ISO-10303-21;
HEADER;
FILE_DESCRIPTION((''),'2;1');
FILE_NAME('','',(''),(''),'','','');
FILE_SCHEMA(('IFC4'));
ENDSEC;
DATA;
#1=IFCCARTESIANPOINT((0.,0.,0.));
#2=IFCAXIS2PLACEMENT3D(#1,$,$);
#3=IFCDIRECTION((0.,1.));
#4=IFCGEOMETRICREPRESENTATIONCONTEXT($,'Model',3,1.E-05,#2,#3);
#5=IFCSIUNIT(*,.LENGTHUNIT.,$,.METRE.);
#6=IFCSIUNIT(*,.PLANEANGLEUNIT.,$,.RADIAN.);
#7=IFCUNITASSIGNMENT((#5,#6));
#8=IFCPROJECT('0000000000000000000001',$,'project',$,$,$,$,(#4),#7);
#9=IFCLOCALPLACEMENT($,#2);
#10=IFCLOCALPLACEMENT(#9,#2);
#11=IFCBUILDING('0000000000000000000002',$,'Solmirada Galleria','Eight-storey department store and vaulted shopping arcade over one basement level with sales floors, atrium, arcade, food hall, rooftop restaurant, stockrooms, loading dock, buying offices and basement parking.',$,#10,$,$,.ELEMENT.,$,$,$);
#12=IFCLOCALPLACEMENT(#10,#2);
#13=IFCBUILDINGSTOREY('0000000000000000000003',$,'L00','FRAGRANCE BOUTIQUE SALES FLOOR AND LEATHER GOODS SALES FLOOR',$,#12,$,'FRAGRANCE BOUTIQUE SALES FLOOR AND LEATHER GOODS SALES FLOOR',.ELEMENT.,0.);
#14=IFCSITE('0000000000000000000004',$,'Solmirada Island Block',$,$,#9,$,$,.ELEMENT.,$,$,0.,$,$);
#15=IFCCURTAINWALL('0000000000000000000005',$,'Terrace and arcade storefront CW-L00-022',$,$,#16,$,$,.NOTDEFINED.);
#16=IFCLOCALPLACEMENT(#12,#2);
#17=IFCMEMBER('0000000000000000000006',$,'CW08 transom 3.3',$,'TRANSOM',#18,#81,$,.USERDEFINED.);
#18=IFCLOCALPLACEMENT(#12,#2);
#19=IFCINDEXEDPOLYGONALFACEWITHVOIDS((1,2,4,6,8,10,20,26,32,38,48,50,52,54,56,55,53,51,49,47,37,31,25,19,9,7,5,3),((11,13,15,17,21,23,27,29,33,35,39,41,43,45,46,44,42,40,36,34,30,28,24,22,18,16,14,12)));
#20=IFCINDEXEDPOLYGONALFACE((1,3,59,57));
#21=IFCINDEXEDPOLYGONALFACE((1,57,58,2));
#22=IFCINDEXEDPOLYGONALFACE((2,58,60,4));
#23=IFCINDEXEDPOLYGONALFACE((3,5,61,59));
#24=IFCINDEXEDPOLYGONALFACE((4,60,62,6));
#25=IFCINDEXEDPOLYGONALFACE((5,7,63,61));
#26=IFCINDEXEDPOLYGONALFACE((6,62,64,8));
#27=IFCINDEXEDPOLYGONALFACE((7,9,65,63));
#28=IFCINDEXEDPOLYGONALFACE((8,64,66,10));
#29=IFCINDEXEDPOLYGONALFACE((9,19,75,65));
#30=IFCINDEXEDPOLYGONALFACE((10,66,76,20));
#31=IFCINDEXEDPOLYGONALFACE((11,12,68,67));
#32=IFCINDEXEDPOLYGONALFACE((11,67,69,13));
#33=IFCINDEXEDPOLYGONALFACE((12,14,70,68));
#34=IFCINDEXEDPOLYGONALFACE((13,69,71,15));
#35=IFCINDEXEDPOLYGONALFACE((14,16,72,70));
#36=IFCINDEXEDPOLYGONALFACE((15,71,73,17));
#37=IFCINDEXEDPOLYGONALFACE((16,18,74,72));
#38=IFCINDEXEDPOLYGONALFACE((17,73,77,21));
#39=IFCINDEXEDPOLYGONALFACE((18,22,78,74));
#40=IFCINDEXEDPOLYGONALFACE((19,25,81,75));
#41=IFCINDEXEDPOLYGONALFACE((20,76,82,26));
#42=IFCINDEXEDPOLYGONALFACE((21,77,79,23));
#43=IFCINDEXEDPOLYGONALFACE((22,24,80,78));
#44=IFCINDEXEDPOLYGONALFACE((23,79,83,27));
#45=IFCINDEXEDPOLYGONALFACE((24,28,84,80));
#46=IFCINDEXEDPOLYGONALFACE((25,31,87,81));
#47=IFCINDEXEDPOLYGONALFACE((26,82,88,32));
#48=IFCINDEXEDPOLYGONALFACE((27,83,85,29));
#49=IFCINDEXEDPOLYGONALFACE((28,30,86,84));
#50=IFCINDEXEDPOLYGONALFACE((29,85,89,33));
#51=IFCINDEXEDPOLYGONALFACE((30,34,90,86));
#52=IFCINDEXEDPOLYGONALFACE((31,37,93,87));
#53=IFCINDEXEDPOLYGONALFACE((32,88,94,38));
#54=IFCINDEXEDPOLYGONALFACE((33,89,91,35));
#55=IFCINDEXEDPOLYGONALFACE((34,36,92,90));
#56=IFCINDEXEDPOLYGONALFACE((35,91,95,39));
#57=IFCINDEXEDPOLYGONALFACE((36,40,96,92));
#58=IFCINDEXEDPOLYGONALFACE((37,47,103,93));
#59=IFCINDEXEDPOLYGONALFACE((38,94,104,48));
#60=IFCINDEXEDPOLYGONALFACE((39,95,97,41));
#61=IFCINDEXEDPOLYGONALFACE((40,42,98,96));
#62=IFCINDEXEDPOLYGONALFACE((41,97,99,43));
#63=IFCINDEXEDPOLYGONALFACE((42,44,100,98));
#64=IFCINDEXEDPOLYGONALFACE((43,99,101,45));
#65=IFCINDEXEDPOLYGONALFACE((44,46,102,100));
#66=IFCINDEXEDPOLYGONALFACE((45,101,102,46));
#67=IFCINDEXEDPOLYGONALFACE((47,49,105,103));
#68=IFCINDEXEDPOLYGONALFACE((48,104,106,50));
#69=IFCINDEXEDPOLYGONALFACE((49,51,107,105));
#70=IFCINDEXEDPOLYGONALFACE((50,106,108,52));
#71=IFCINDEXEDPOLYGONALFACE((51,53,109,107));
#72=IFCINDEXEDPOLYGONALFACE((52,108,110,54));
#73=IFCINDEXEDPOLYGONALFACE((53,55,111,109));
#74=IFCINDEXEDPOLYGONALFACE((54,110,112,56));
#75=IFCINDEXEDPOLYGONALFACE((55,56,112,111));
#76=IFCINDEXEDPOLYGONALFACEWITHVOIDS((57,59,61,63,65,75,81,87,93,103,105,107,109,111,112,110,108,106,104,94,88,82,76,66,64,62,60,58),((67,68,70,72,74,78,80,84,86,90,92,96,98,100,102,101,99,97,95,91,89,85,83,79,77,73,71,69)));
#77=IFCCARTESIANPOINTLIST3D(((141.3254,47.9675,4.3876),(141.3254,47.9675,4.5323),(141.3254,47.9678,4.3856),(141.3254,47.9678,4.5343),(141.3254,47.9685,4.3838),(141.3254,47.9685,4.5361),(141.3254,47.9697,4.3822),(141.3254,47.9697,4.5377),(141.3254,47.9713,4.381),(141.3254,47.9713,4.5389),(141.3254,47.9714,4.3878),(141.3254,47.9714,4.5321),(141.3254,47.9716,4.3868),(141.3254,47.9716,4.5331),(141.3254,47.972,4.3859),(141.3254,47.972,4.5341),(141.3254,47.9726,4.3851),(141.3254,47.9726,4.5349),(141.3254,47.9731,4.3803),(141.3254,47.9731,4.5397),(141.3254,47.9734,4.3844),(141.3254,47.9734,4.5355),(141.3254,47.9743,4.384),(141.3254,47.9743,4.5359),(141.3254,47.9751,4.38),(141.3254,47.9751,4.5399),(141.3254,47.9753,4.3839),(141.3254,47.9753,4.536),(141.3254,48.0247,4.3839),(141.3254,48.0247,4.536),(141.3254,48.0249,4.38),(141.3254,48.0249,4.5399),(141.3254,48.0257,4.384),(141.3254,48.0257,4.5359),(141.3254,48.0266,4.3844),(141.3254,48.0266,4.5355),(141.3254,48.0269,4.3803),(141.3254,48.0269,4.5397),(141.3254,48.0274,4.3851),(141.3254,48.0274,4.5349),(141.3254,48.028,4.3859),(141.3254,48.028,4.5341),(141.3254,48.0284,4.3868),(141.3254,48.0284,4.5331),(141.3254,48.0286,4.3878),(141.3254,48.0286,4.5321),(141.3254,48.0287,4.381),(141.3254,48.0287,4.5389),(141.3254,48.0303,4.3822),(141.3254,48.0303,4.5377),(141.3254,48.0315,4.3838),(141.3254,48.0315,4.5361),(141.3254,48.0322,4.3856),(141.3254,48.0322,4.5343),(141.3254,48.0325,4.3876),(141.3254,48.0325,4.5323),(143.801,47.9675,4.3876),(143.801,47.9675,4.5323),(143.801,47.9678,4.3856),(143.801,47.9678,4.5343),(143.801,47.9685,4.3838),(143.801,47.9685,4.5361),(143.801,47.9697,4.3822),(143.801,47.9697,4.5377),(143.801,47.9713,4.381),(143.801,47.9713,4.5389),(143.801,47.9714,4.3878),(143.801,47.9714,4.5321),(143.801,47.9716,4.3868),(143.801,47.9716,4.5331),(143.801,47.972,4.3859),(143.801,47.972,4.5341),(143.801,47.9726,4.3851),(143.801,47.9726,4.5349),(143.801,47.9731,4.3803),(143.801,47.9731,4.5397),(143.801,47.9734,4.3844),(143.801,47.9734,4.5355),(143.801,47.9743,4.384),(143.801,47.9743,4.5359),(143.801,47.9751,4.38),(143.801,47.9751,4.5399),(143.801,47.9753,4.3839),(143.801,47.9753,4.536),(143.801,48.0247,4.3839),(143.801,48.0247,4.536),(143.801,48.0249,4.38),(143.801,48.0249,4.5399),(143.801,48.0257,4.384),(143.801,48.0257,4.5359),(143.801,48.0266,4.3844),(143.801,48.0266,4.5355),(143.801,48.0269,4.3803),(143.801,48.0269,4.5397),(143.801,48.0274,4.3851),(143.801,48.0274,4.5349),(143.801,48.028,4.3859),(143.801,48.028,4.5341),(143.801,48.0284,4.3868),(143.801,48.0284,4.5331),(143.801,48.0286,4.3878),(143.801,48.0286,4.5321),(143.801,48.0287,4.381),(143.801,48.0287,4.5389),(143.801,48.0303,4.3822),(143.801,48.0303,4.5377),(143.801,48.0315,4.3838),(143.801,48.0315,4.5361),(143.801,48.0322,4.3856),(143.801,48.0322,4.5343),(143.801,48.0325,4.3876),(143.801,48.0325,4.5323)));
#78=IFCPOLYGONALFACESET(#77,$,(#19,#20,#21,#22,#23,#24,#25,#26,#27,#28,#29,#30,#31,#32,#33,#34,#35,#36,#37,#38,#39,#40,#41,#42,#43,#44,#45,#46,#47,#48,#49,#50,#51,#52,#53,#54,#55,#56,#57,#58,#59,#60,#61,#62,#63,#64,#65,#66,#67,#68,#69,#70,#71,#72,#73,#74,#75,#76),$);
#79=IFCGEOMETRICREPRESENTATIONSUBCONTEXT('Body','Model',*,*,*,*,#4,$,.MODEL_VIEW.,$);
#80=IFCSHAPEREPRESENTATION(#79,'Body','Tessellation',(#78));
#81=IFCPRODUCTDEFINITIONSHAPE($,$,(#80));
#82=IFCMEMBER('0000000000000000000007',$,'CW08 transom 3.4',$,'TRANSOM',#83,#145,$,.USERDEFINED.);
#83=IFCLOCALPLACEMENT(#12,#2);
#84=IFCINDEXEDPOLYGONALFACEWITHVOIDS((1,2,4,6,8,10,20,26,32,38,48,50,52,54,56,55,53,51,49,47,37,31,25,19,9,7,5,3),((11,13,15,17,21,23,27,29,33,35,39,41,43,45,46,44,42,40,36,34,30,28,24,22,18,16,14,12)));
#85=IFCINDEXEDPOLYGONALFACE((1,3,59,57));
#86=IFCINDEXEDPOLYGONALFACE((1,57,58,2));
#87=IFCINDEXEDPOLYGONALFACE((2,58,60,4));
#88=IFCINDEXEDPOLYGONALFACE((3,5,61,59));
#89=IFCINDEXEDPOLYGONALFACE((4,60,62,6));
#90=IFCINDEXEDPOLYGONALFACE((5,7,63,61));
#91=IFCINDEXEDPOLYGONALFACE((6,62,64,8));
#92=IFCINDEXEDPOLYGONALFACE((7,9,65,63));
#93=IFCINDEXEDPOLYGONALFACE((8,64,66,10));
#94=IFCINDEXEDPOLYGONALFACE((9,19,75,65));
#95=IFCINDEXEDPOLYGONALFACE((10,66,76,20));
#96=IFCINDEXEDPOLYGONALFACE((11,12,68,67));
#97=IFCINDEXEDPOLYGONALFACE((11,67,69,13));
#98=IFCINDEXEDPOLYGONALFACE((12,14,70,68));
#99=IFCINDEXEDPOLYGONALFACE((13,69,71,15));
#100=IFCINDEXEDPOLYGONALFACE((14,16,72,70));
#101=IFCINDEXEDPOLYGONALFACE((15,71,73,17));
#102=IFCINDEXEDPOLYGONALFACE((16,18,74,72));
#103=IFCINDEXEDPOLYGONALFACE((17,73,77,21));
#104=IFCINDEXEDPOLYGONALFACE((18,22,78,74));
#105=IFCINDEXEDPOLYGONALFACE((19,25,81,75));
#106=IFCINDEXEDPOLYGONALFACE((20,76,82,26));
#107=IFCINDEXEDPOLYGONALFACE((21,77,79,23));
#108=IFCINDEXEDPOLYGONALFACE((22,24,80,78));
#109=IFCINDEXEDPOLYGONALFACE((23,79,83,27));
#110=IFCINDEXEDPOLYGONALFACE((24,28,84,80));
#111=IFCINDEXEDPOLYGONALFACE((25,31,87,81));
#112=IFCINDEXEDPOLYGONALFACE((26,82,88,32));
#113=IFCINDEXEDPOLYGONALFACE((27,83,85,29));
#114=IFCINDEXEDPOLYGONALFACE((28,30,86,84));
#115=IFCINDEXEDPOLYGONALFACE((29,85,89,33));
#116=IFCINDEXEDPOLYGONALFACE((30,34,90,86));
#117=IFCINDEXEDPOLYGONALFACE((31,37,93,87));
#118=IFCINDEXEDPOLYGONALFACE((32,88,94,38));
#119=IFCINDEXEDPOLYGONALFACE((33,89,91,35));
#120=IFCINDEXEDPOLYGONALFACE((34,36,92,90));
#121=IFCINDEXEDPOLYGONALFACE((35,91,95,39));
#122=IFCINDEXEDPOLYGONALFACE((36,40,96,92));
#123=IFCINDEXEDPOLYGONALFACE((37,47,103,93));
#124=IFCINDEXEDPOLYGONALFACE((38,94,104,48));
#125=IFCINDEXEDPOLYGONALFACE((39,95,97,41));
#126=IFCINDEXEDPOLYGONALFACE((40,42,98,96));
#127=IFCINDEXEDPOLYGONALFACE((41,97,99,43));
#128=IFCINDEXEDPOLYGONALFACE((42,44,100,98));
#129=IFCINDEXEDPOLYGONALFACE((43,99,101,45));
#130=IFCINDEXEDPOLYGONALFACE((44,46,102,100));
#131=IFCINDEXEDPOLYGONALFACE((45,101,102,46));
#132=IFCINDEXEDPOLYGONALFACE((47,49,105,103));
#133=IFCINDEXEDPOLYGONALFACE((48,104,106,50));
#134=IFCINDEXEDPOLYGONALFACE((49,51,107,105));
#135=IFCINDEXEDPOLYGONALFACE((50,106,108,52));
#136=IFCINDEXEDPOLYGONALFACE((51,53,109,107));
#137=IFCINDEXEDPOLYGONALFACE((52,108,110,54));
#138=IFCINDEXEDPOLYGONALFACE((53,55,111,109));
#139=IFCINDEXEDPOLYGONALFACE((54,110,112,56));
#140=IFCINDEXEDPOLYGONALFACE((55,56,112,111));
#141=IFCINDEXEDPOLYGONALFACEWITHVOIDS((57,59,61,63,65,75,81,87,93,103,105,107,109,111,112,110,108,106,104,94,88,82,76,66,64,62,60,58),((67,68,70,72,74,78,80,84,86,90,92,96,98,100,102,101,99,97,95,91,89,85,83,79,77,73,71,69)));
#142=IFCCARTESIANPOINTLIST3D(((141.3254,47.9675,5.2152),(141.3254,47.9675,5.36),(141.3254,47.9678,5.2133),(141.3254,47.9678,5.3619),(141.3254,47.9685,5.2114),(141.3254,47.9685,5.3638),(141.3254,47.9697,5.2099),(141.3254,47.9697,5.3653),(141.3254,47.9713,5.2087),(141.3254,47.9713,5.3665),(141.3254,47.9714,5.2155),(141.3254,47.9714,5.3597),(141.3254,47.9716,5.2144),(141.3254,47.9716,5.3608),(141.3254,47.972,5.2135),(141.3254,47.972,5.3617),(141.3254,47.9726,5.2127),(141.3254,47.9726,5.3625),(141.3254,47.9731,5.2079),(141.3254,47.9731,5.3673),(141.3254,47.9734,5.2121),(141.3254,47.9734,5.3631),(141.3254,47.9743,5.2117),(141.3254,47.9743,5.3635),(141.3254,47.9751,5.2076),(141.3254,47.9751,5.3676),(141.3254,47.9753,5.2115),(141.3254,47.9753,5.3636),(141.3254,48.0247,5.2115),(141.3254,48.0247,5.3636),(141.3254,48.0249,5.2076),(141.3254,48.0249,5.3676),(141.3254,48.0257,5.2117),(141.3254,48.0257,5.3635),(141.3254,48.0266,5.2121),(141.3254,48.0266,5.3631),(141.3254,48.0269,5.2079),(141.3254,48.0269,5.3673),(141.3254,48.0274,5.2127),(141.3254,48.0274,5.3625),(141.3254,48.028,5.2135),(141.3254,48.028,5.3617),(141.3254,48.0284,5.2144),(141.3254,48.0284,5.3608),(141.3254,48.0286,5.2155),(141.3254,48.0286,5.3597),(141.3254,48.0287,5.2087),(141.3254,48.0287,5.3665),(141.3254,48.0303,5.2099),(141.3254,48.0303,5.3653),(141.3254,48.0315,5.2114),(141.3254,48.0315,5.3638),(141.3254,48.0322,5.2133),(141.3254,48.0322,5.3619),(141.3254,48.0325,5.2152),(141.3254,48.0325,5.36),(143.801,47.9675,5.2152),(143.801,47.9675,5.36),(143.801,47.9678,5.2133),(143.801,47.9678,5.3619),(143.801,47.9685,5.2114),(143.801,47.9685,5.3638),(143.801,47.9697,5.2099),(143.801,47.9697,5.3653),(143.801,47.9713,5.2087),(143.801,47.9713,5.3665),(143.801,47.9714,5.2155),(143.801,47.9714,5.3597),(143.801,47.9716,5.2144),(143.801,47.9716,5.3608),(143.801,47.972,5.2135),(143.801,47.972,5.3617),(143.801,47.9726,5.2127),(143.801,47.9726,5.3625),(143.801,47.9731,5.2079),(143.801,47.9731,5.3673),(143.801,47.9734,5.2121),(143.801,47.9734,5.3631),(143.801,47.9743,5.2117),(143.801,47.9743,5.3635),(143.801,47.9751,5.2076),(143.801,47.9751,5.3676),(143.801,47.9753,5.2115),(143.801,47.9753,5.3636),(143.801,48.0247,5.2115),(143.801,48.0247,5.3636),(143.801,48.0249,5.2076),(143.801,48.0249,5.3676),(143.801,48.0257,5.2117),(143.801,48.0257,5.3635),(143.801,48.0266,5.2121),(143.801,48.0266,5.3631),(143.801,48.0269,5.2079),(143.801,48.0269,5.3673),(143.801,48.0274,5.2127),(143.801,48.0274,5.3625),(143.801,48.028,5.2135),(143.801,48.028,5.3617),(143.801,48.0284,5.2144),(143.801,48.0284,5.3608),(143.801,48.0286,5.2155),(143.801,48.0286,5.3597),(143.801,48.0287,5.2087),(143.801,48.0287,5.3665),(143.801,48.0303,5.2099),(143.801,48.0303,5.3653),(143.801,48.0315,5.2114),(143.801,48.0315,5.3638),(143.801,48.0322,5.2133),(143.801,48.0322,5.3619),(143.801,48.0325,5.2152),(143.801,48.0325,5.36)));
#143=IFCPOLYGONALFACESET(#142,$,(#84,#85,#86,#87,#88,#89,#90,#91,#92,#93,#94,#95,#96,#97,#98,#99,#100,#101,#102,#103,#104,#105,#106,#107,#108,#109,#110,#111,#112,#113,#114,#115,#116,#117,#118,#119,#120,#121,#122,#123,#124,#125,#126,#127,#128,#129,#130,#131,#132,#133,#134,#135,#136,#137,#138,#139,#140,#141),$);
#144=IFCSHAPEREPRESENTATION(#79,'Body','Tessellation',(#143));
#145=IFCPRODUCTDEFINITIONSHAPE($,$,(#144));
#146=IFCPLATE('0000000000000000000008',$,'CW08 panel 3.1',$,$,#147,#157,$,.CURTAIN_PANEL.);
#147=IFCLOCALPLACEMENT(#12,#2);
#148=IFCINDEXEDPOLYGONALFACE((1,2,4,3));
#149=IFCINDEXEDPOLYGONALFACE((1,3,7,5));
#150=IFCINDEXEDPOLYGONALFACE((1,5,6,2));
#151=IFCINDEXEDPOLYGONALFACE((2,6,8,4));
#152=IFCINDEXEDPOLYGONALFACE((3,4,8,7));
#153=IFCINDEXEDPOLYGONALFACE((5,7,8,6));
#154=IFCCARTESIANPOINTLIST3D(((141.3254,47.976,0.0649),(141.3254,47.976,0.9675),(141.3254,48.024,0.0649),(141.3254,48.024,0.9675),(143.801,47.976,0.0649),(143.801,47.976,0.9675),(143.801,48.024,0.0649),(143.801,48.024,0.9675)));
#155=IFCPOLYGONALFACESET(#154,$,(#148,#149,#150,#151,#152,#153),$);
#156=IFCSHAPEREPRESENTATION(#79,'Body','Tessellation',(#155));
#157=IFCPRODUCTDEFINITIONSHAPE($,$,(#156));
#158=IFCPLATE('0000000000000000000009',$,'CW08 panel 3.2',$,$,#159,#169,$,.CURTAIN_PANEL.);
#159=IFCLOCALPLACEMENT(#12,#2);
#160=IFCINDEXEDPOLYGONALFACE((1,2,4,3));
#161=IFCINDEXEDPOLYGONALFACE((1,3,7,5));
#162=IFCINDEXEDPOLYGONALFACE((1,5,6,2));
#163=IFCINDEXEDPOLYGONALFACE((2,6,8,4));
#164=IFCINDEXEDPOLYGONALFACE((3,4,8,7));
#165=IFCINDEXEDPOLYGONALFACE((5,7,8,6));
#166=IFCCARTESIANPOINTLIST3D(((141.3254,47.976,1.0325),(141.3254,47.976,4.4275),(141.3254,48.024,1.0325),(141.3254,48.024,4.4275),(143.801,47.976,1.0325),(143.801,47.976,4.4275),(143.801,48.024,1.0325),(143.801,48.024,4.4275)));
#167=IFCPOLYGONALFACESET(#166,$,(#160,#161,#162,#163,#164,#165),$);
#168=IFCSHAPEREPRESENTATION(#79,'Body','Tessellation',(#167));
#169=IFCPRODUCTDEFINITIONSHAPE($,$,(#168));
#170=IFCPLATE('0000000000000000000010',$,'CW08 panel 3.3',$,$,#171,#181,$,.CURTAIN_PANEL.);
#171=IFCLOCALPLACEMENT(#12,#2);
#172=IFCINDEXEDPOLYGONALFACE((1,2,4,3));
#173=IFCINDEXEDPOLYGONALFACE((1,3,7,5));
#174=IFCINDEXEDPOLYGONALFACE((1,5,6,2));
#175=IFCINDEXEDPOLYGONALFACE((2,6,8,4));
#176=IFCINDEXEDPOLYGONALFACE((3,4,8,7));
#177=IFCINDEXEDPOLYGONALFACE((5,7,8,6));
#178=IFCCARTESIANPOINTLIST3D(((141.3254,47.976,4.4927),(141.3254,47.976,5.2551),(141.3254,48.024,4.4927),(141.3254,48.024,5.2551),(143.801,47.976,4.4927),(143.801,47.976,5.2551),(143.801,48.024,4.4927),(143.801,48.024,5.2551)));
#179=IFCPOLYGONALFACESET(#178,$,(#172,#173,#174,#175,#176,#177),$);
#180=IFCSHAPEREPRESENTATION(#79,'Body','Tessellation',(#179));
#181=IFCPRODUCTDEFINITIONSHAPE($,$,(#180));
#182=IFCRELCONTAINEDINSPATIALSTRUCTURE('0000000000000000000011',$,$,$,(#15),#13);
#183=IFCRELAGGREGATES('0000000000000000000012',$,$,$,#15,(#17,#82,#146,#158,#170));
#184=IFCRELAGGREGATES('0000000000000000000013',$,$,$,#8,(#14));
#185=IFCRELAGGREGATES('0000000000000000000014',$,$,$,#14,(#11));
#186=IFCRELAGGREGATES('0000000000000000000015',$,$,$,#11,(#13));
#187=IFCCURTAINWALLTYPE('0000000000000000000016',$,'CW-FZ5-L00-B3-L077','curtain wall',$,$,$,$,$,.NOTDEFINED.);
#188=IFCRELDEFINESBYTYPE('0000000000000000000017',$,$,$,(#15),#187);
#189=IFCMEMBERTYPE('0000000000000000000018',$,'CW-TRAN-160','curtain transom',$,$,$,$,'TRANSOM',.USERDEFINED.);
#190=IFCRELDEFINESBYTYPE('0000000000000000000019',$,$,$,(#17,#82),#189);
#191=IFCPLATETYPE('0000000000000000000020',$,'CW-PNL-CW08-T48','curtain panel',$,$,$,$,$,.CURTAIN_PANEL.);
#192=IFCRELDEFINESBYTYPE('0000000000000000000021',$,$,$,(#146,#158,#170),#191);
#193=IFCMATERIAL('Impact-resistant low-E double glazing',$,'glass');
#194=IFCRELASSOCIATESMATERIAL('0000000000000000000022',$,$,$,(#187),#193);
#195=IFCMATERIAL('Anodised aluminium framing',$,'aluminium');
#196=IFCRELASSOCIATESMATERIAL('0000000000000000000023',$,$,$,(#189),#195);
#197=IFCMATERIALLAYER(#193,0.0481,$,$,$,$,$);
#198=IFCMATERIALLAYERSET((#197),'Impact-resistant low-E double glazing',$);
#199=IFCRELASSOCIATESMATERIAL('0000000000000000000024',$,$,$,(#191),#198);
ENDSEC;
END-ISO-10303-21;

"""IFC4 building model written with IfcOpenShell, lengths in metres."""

from ifc_helpers import new_model, si_unit, direction, frame, origin, origin_2d, place, context, subcontext, project, spatial, rectangle, hollow_rectangle, extrude, material, layer, layer_set, material_profile, profile_set, type_object, element, aggregate, save


model = new_model("IFC4")

# Units and contexts
model_context = context("Model", 3, precision=1e-05, world=origin(), true_north=direction((0.0, 1.0)))
body_context = subcontext(model_context, "Body", "Model", "MODEL_VIEW")
ifc_project = project(units=[si_unit("LENGTHUNIT", "METRE"), si_unit("PLANEANGLEUNIT", "RADIAN")], contexts=[model_context])

# Site, building, storey
site_placement = place(None, origin())
site = spatial("IfcSite", under=ifc_project, at=site_placement, Name="Solmirada Island Block", CompositionType="ELEMENT", RefElevation=0.0)
building_placement = place(site_placement, origin())
building = spatial("IfcBuilding", under=site, at=building_placement, Name="Solmirada Galleria", Description="Eight-storey department store and vaulted shopping arcade over one basement level with sales floors, atrium, arcade, food hall, rooftop restaurant, stockrooms, loading dock, buying offices and basement parking.", CompositionType="ELEMENT")
storey_placement = place(building_placement, origin())
storey = spatial("IfcBuildingStorey", under=building, at=storey_placement, Name="L00", Description="FRAGRANCE BOUTIQUE SALES FLOOR AND LEATHER GOODS SALES FLOOR", LongName="FRAGRANCE BOUTIQUE SALES FLOOR AND LEATHER GOODS SALES FLOOR", CompositionType="ELEMENT", Elevation=0.0)

# Curtain wall, members, plates
ifc_material_1 = material(Name="Impact-resistant low-E double glazing", Category="glass")
curtain_wall_type = type_object("IfcCurtainWallType", Name="CW-FZ5-L00-B3-L077", Description="curtain wall", PredefinedType="NOTDEFINED", material=ifc_material_1)
curtain_wall_placement = place(storey_placement, origin())
curtain_wall = element("IfcCurtainWall", 1, at=curtain_wall_placement, inside=storey, type_object=curtain_wall_type, Name="Terrace and arcade storefront CW-L00-022", PredefinedType="NOTDEFINED")
ifc_material_2 = material(Name="Anodised aluminium framing", Category="aluminium")
ifc_material_profile_1 = material_profile(ifc_material_2, hollow_rectangle(XDim=0.0649, YDim=0.1599, WallThickness=0.0039, InnerFilletRadius=0.0039, OuterFilletRadius=0.0076, at=origin_2d()), Name="ALU-TRAN-160X65")
ifc_profile_set_1 = profile_set([ifc_material_profile_1], Name="Anodised aluminium framing")
member_type_1 = type_object("IfcMemberType", Name="CW-TRAN-160", Description="curtain transom", ElementType="TRANSOM", PredefinedType="USERDEFINED", material=ifc_profile_set_1)
member_1_placement = place(storey_placement, frame((141.3254, 48.0, 4.46), z_axis=(1.0, 0.0, 0.0), x_axis=(0.0, 1.0, 0.0)))
member_1 = element("IfcMember", 2, at=member_1_placement, type_object=member_type_1, Name="CW08 transom 3.3", ObjectType="TRANSOM", PredefinedType="USERDEFINED", context=body_context, shape_type="SweptSolid", body=[
    extrude(hollow_rectangle(XDim=0.0649, YDim=0.1599, WallThickness=0.0039, InnerFilletRadius=0.0039, OuterFilletRadius=0.0076, at=origin_2d()), origin(), (0.0, 0.0, 1.0), 2.4756),
])
member_2_placement = place(storey_placement, frame((141.3254, 48.0, 5.2876), z_axis=(1.0, 0.0, 0.0), x_axis=(0.0, 1.0, 0.0)))
member_2 = element("IfcMember", 3, at=member_2_placement, type_object=member_type_1, Name="CW08 transom 3.4", ObjectType="TRANSOM", PredefinedType="USERDEFINED", context=body_context, shape_type="SweptSolid", body=[
    extrude(hollow_rectangle(XDim=0.0649, YDim=0.1599, WallThickness=0.0039, InnerFilletRadius=0.0039, OuterFilletRadius=0.0076, at=origin_2d()), origin(), (0.0, 0.0, 1.0), 2.4756),
])
ifc_layer_1 = layer(ifc_material_1, 0.0481)
ifc_layer_set_1 = layer_set([ifc_layer_1], Name="Impact-resistant low-E double glazing")
plate_type = type_object("IfcPlateType", Name="CW-PNL-CW08-T48", Description="curtain panel", PredefinedType="CURTAIN_PANEL", material=ifc_layer_set_1)
plate_1_placement = place(storey_placement, frame((142.5632, 48.0, 0.0649), z_axis=(0.0, 0.0, 1.0), x_axis=(1.0, 0.0, 0.0)))
plate_1 = element("IfcPlate", 4, at=plate_1_placement, type_object=plate_type, Name="CW08 panel 3.1", PredefinedType="CURTAIN_PANEL", context=body_context, shape_type="SweptSolid", body=[
    extrude(rectangle(XDim=2.4756, YDim=0.0481, at=origin_2d()), origin(), (0.0, 0.0, 1.0), 0.9026),
])
plate_2_placement = place(storey_placement, frame((142.5632, 48.0, 1.0325), z_axis=(0.0, 0.0, 1.0), x_axis=(1.0, 0.0, 0.0)))
plate_2 = element("IfcPlate", 5, at=plate_2_placement, type_object=plate_type, Name="CW08 panel 3.2", PredefinedType="CURTAIN_PANEL", context=body_context, shape_type="SweptSolid", body=[
    extrude(rectangle(XDim=2.4756, YDim=0.0481, at=origin_2d()), origin(), (0.0, 0.0, 1.0), 3.395),
])
plate_3_placement = place(storey_placement, frame((142.5632, 48.0, 4.4927), z_axis=(0.0, 0.0, 1.0), x_axis=(1.0, 0.0, 0.0)))
plate_3 = element("IfcPlate", 6, at=plate_3_placement, type_object=plate_type, Name="CW08 panel 3.3", PredefinedType="CURTAIN_PANEL", context=body_context, shape_type="SweptSolid", body=[
    extrude(rectangle(XDim=2.4756, YDim=0.0481, at=origin_2d()), origin(), (0.0, 0.0, 1.0), 0.7625),
])
aggregate(curtain_wall, [member_1, member_2, plate_1, plate_2, plate_3])

save(model, "model.ifc")
